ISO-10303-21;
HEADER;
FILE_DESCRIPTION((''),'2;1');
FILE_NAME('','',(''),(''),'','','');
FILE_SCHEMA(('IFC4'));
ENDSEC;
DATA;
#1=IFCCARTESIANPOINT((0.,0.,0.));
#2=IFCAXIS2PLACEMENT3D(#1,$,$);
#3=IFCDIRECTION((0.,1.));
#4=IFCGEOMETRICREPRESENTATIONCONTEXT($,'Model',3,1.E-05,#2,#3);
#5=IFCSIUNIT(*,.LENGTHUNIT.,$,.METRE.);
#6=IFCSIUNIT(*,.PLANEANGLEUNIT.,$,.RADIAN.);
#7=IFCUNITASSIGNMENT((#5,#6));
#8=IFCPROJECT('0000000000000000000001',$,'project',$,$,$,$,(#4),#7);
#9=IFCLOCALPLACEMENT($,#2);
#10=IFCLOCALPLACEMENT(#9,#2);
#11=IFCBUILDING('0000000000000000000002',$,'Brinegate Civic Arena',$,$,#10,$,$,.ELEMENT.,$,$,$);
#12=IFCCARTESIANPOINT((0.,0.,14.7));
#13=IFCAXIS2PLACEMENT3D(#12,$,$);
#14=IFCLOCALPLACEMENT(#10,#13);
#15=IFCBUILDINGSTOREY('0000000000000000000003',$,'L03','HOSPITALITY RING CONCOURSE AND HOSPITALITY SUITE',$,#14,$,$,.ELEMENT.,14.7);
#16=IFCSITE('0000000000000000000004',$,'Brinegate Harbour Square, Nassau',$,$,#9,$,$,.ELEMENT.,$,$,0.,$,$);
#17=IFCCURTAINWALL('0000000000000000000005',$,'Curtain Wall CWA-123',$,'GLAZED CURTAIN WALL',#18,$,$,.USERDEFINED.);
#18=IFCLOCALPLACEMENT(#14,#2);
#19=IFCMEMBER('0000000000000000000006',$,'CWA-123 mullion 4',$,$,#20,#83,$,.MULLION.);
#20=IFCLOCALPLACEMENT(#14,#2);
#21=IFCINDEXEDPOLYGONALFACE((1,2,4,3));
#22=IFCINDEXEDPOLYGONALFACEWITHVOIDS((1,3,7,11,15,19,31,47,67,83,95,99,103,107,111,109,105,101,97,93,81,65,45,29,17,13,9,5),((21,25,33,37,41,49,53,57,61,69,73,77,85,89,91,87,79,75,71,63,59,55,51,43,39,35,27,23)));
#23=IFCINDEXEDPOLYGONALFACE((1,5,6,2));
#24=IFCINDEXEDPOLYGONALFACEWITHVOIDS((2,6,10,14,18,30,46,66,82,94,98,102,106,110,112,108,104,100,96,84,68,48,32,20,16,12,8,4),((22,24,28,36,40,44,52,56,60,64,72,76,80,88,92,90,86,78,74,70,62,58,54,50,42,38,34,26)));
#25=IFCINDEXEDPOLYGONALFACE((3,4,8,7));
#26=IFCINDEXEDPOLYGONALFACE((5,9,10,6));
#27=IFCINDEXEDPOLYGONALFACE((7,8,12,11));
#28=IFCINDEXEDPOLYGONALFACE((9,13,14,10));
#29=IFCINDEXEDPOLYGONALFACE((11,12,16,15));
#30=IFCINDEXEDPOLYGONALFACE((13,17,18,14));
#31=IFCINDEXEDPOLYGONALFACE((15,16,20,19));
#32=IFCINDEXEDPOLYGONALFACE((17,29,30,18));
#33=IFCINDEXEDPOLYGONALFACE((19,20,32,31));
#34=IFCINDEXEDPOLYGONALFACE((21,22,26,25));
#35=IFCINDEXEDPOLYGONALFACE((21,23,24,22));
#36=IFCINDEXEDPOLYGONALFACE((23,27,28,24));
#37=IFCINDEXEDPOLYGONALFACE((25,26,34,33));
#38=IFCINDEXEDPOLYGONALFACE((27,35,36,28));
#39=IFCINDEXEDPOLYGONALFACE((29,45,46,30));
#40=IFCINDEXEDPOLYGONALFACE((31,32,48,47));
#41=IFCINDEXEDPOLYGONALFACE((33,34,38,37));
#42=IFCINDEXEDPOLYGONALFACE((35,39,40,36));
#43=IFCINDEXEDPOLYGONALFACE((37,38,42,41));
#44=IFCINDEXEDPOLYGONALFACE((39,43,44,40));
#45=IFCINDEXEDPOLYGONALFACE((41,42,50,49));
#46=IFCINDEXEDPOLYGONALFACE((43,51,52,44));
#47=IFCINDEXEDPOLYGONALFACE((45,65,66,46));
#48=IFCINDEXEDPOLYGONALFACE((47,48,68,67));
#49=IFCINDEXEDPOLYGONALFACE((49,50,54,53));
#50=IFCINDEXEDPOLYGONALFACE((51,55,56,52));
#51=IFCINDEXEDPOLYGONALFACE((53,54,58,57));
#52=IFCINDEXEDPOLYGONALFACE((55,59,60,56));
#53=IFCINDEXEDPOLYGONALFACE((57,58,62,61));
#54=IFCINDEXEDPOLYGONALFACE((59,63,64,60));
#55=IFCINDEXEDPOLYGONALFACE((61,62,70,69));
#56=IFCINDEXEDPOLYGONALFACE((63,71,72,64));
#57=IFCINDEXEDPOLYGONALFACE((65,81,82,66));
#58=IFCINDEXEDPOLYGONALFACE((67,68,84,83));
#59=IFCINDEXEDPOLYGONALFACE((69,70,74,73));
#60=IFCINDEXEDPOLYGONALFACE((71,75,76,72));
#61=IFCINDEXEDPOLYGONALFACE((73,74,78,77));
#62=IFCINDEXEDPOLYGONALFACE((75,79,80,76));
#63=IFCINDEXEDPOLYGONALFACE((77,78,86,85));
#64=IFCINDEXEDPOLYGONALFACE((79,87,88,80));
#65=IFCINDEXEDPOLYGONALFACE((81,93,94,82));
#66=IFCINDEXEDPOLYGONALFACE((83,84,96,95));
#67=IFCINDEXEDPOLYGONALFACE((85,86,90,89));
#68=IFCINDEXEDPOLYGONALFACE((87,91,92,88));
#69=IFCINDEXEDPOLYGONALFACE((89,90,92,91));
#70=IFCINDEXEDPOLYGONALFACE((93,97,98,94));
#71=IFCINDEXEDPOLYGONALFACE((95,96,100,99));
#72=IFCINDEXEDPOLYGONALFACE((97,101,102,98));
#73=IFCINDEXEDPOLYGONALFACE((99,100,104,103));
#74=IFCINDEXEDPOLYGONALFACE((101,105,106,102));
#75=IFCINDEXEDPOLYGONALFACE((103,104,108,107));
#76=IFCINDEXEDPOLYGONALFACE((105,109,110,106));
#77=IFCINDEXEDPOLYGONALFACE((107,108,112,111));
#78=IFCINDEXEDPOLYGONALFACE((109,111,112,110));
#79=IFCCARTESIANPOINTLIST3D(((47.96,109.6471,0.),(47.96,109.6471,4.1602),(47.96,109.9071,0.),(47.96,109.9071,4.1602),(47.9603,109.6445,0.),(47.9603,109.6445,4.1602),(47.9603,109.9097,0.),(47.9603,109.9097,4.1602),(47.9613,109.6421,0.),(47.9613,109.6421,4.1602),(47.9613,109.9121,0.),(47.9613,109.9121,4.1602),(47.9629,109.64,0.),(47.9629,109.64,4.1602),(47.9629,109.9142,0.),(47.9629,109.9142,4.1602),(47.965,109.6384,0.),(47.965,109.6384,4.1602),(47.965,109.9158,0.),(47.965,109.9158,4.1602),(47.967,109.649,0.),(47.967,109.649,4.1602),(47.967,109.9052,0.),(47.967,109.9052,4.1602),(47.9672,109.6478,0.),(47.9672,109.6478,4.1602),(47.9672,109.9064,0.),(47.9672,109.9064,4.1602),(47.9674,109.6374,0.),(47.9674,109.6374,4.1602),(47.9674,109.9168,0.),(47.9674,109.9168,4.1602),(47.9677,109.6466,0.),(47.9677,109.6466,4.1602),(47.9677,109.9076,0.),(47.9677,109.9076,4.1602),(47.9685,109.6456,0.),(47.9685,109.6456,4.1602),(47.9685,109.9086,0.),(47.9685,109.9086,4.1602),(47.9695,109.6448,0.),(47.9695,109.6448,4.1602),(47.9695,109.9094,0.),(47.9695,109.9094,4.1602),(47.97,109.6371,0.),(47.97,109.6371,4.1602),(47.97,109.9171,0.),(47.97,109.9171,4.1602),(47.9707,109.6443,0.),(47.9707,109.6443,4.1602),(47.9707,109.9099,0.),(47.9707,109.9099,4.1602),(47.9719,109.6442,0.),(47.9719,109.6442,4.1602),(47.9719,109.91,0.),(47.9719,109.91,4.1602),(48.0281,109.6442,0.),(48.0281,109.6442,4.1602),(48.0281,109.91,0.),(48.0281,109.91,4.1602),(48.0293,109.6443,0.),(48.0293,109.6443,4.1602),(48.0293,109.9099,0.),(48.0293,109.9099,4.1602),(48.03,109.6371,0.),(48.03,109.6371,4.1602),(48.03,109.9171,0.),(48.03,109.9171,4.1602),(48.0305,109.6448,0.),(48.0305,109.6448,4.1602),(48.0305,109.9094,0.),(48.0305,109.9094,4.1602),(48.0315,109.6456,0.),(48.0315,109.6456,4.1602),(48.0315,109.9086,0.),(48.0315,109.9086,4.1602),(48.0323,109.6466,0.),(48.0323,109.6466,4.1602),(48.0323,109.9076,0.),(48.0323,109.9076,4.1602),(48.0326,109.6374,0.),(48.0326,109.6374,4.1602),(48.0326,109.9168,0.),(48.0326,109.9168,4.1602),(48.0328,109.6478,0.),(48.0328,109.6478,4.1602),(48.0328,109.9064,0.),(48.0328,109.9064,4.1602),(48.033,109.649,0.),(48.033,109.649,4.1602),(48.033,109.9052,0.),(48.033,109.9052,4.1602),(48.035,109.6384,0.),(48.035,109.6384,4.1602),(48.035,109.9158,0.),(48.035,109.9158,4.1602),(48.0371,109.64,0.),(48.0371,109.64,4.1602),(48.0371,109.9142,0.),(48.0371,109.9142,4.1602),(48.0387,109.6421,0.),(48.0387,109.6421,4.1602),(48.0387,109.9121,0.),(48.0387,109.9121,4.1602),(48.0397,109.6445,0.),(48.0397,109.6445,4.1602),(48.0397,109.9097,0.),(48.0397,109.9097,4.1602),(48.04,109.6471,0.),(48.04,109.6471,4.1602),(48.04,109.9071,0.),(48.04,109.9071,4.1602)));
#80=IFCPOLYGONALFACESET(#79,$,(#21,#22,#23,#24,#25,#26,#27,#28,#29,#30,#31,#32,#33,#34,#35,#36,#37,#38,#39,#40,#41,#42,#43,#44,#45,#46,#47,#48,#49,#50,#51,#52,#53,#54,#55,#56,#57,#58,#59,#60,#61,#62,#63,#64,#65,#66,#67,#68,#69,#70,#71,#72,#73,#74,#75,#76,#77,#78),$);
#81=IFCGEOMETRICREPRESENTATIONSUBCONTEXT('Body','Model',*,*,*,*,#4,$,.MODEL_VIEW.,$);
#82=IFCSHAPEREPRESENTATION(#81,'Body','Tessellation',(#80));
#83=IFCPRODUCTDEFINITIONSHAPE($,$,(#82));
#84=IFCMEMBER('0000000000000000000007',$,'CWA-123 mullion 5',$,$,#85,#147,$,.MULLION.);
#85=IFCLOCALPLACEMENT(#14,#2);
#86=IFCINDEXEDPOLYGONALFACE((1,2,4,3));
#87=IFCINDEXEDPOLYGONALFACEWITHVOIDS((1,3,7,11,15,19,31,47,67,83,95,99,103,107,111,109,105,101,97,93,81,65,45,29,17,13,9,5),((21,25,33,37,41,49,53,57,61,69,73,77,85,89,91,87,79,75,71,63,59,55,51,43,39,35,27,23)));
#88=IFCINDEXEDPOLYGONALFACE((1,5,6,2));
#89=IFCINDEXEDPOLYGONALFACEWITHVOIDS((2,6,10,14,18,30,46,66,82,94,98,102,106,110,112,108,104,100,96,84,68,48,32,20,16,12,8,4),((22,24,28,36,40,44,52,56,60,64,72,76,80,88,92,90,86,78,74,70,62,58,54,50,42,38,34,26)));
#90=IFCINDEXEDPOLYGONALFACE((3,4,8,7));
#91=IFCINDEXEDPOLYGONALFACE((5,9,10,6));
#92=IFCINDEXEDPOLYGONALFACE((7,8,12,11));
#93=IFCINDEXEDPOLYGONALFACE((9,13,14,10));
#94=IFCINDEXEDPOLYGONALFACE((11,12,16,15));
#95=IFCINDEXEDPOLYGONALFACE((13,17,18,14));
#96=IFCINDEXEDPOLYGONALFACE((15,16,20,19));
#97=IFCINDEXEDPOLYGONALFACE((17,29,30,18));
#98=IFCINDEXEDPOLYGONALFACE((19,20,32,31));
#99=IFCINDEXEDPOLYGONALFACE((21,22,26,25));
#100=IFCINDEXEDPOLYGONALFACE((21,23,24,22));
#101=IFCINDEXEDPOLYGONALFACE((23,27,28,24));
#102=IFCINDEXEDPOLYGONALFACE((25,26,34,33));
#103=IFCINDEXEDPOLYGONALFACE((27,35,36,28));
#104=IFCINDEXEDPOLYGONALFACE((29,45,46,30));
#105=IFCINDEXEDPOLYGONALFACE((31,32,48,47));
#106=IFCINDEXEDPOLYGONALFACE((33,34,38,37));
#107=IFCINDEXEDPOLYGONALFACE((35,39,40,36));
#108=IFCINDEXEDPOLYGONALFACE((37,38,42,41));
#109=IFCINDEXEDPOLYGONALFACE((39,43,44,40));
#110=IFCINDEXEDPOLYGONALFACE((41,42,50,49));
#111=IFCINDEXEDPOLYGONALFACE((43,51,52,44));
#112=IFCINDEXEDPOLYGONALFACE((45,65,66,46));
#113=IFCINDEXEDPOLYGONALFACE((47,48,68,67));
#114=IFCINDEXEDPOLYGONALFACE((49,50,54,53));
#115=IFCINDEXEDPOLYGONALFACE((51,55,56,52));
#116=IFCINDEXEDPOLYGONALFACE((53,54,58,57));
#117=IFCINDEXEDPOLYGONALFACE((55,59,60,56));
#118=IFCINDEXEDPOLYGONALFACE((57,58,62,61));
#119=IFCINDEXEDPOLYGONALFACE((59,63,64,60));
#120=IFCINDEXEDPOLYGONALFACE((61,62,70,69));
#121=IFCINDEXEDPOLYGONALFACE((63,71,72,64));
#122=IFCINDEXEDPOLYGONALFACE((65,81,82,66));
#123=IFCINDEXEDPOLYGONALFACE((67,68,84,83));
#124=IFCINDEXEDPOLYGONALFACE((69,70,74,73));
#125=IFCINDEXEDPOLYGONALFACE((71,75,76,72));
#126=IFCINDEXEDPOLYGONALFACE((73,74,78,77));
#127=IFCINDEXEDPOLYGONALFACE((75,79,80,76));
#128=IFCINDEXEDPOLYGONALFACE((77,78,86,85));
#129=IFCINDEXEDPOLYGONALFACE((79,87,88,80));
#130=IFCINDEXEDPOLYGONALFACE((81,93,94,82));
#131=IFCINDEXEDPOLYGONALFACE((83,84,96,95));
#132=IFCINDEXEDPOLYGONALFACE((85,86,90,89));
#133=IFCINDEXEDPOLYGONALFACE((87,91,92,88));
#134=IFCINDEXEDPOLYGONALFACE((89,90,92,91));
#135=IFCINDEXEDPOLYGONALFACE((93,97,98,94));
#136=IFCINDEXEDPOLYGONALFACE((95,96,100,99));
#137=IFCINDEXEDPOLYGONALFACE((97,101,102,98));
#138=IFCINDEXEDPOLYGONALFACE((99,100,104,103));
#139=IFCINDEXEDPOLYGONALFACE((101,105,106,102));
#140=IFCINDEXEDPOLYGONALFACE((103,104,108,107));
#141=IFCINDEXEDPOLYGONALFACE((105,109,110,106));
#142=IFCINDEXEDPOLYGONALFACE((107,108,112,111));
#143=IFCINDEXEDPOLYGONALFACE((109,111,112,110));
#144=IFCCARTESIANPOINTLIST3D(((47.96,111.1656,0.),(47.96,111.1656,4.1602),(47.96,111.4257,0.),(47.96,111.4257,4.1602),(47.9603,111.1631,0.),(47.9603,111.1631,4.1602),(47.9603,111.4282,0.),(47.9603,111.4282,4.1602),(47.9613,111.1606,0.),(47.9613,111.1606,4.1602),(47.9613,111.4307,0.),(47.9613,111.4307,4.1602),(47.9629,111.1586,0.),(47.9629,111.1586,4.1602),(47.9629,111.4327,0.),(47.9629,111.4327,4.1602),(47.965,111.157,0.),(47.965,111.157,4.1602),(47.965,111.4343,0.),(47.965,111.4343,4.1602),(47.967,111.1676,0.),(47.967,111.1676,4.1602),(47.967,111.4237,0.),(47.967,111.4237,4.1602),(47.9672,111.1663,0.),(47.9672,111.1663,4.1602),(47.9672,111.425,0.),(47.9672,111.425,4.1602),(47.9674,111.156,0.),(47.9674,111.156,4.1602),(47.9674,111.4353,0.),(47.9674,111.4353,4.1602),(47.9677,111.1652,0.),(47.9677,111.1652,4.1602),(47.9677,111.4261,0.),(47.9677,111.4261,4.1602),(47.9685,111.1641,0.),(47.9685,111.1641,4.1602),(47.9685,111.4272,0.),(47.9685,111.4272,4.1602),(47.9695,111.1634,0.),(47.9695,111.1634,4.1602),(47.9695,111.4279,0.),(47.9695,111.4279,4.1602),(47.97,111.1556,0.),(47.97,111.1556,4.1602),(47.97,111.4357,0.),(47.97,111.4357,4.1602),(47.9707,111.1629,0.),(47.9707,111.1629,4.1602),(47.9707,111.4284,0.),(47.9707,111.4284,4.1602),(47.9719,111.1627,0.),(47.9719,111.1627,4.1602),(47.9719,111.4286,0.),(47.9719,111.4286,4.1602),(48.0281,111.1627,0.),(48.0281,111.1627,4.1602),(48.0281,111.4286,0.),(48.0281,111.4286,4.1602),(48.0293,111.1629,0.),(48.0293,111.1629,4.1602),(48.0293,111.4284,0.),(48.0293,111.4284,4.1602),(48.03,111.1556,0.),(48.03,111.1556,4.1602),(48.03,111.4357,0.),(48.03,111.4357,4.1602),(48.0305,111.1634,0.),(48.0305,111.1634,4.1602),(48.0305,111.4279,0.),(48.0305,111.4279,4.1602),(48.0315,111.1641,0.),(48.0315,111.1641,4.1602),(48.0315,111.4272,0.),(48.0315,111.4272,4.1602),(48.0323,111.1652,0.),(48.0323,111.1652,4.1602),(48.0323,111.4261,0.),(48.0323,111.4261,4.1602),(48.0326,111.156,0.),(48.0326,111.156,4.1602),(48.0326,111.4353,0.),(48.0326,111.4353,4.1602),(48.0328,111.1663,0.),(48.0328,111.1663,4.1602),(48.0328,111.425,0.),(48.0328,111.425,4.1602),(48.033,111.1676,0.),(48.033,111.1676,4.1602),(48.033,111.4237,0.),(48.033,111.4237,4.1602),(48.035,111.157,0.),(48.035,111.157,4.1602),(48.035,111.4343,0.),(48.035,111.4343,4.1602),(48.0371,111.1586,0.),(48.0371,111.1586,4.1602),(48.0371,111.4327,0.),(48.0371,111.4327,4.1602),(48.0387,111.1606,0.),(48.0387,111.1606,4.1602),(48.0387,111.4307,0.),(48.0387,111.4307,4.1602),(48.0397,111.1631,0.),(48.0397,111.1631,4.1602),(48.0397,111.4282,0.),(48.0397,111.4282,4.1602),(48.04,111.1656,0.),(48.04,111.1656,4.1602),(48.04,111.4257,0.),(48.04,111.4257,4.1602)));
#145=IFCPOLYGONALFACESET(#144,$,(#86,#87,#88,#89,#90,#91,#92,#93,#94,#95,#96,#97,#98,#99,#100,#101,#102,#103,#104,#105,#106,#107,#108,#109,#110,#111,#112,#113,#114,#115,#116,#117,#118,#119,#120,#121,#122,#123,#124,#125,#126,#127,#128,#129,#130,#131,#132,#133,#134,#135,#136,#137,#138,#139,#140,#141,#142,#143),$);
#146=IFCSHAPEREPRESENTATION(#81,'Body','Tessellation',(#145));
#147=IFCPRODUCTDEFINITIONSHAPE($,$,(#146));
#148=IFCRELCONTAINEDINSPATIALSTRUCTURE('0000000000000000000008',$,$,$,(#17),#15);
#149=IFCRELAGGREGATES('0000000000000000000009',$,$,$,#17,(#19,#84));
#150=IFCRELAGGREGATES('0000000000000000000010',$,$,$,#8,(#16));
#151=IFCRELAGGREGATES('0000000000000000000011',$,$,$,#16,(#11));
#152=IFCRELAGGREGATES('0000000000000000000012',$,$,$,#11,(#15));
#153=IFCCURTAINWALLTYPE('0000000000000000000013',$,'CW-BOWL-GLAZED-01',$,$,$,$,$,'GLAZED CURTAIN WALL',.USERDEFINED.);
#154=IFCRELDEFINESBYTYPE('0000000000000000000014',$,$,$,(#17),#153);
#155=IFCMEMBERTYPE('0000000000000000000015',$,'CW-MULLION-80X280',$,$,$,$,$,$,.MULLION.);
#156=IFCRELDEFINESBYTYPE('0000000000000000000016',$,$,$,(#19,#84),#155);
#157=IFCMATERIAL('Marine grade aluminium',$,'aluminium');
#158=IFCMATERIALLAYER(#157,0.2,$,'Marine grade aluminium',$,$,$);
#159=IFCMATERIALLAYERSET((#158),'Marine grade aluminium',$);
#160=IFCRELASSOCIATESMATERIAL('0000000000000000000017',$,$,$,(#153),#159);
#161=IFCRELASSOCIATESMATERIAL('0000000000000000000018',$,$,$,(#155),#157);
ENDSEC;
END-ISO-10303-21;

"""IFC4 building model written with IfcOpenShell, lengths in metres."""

from ifc_helpers import new_model, si_unit, direction, frame, origin, origin_2d, place, context, subcontext, project, spatial, hollow_rectangle, extrude, material, layer, layer_set, material_profile, profile_set, type_object, element, aggregate, save


model = new_model("IFC4")

# Units and contexts
model_context = context("Model", 3, precision=1e-05, world=origin(), true_north=direction((0.0, 1.0)))
body_context = subcontext(model_context, "Body", "Model", "MODEL_VIEW")
ifc_project = project(units=[si_unit("LENGTHUNIT", "METRE"), si_unit("PLANEANGLEUNIT", "RADIAN")], contexts=[model_context])

# Site, building, storey
site_placement = place(None, origin())
site = spatial("IfcSite", under=ifc_project, at=site_placement, Name="Brinegate Harbour Square, Nassau", CompositionType="ELEMENT", RefElevation=0.0)
building_placement = place(site_placement, origin())
building = spatial("IfcBuilding", under=site, at=building_placement, Name="Brinegate Civic Arena", CompositionType="ELEMENT")
storey_placement = place(building_placement, frame((0.0, 0.0, 14.7)))
storey = spatial("IfcBuildingStorey", under=building, at=storey_placement, Name="L03", Description="HOSPITALITY RING CONCOURSE AND HOSPITALITY SUITE", CompositionType="ELEMENT", Elevation=14.7)

# Curtain wall, members
ifc_material_1 = material(Name="Marine grade aluminium", Category="aluminium")
ifc_layer_1 = layer(ifc_material_1, 0.2, Name="Marine grade aluminium")
ifc_layer_set_1 = layer_set([ifc_layer_1], Name="Marine grade aluminium")
curtain_wall_type = type_object("IfcCurtainWallType", Name="CW-BOWL-GLAZED-01", ElementType="GLAZED CURTAIN WALL", PredefinedType="USERDEFINED", material=ifc_layer_set_1)
curtain_wall_placement = place(storey_placement, origin())
curtain_wall = element("IfcCurtainWall", 1, at=curtain_wall_placement, inside=storey, type_object=curtain_wall_type, Name="Curtain Wall CWA-123", ObjectType="GLAZED CURTAIN WALL", PredefinedType="USERDEFINED")
ifc_material_profile_1 = material_profile(ifc_material_1, hollow_rectangle(XDim=0.0801, YDim=0.28, WallThickness=0.0071, InnerFilletRadius=0.0049, OuterFilletRadius=0.01, at=origin_2d()), Name="MUL80X280")
ifc_profile_set_1 = profile_set([ifc_material_profile_1], Name="Marine grade aluminium")
member_type_1 = type_object("IfcMemberType", Name="CW-MULLION-80X280", PredefinedType="MULLION", material=ifc_profile_set_1)
member_1_placement = place(storey_placement, frame((48.0, 109.7771, 0.0), z_axis=(0.0, 0.0, 1.0), x_axis=(-1.0, 0.0, 0.0)))
member_1 = element("IfcMember", 2, at=member_1_placement, type_object=member_type_1, Name="CWA-123 mullion 4", PredefinedType="MULLION", context=body_context, shape_type="SweptSolid", body=[
    extrude(hollow_rectangle(XDim=0.0801, YDim=0.28, WallThickness=0.0071, InnerFilletRadius=0.0049, OuterFilletRadius=0.01, at=origin_2d()), origin(), (0.0, 0.0, 1.0), 4.1602),
])
member_2_placement = place(storey_placement, frame((48.0, 111.2957, 0.0), z_axis=(0.0, 0.0, 1.0), x_axis=(-1.0, 0.0, 0.0)))
member_2 = element("IfcMember", 3, at=member_2_placement, type_object=member_type_1, Name="CWA-123 mullion 5", PredefinedType="MULLION", context=body_context, shape_type="SweptSolid", body=[
    extrude(hollow_rectangle(XDim=0.0801, YDim=0.28, WallThickness=0.0071, InnerFilletRadius=0.0049, OuterFilletRadius=0.01, at=origin_2d()), origin(), (0.0, 0.0, 1.0), 4.1602),
])

aggregate(curtain_wall, [member_1, member_2])

save(model, "model.ifc")
